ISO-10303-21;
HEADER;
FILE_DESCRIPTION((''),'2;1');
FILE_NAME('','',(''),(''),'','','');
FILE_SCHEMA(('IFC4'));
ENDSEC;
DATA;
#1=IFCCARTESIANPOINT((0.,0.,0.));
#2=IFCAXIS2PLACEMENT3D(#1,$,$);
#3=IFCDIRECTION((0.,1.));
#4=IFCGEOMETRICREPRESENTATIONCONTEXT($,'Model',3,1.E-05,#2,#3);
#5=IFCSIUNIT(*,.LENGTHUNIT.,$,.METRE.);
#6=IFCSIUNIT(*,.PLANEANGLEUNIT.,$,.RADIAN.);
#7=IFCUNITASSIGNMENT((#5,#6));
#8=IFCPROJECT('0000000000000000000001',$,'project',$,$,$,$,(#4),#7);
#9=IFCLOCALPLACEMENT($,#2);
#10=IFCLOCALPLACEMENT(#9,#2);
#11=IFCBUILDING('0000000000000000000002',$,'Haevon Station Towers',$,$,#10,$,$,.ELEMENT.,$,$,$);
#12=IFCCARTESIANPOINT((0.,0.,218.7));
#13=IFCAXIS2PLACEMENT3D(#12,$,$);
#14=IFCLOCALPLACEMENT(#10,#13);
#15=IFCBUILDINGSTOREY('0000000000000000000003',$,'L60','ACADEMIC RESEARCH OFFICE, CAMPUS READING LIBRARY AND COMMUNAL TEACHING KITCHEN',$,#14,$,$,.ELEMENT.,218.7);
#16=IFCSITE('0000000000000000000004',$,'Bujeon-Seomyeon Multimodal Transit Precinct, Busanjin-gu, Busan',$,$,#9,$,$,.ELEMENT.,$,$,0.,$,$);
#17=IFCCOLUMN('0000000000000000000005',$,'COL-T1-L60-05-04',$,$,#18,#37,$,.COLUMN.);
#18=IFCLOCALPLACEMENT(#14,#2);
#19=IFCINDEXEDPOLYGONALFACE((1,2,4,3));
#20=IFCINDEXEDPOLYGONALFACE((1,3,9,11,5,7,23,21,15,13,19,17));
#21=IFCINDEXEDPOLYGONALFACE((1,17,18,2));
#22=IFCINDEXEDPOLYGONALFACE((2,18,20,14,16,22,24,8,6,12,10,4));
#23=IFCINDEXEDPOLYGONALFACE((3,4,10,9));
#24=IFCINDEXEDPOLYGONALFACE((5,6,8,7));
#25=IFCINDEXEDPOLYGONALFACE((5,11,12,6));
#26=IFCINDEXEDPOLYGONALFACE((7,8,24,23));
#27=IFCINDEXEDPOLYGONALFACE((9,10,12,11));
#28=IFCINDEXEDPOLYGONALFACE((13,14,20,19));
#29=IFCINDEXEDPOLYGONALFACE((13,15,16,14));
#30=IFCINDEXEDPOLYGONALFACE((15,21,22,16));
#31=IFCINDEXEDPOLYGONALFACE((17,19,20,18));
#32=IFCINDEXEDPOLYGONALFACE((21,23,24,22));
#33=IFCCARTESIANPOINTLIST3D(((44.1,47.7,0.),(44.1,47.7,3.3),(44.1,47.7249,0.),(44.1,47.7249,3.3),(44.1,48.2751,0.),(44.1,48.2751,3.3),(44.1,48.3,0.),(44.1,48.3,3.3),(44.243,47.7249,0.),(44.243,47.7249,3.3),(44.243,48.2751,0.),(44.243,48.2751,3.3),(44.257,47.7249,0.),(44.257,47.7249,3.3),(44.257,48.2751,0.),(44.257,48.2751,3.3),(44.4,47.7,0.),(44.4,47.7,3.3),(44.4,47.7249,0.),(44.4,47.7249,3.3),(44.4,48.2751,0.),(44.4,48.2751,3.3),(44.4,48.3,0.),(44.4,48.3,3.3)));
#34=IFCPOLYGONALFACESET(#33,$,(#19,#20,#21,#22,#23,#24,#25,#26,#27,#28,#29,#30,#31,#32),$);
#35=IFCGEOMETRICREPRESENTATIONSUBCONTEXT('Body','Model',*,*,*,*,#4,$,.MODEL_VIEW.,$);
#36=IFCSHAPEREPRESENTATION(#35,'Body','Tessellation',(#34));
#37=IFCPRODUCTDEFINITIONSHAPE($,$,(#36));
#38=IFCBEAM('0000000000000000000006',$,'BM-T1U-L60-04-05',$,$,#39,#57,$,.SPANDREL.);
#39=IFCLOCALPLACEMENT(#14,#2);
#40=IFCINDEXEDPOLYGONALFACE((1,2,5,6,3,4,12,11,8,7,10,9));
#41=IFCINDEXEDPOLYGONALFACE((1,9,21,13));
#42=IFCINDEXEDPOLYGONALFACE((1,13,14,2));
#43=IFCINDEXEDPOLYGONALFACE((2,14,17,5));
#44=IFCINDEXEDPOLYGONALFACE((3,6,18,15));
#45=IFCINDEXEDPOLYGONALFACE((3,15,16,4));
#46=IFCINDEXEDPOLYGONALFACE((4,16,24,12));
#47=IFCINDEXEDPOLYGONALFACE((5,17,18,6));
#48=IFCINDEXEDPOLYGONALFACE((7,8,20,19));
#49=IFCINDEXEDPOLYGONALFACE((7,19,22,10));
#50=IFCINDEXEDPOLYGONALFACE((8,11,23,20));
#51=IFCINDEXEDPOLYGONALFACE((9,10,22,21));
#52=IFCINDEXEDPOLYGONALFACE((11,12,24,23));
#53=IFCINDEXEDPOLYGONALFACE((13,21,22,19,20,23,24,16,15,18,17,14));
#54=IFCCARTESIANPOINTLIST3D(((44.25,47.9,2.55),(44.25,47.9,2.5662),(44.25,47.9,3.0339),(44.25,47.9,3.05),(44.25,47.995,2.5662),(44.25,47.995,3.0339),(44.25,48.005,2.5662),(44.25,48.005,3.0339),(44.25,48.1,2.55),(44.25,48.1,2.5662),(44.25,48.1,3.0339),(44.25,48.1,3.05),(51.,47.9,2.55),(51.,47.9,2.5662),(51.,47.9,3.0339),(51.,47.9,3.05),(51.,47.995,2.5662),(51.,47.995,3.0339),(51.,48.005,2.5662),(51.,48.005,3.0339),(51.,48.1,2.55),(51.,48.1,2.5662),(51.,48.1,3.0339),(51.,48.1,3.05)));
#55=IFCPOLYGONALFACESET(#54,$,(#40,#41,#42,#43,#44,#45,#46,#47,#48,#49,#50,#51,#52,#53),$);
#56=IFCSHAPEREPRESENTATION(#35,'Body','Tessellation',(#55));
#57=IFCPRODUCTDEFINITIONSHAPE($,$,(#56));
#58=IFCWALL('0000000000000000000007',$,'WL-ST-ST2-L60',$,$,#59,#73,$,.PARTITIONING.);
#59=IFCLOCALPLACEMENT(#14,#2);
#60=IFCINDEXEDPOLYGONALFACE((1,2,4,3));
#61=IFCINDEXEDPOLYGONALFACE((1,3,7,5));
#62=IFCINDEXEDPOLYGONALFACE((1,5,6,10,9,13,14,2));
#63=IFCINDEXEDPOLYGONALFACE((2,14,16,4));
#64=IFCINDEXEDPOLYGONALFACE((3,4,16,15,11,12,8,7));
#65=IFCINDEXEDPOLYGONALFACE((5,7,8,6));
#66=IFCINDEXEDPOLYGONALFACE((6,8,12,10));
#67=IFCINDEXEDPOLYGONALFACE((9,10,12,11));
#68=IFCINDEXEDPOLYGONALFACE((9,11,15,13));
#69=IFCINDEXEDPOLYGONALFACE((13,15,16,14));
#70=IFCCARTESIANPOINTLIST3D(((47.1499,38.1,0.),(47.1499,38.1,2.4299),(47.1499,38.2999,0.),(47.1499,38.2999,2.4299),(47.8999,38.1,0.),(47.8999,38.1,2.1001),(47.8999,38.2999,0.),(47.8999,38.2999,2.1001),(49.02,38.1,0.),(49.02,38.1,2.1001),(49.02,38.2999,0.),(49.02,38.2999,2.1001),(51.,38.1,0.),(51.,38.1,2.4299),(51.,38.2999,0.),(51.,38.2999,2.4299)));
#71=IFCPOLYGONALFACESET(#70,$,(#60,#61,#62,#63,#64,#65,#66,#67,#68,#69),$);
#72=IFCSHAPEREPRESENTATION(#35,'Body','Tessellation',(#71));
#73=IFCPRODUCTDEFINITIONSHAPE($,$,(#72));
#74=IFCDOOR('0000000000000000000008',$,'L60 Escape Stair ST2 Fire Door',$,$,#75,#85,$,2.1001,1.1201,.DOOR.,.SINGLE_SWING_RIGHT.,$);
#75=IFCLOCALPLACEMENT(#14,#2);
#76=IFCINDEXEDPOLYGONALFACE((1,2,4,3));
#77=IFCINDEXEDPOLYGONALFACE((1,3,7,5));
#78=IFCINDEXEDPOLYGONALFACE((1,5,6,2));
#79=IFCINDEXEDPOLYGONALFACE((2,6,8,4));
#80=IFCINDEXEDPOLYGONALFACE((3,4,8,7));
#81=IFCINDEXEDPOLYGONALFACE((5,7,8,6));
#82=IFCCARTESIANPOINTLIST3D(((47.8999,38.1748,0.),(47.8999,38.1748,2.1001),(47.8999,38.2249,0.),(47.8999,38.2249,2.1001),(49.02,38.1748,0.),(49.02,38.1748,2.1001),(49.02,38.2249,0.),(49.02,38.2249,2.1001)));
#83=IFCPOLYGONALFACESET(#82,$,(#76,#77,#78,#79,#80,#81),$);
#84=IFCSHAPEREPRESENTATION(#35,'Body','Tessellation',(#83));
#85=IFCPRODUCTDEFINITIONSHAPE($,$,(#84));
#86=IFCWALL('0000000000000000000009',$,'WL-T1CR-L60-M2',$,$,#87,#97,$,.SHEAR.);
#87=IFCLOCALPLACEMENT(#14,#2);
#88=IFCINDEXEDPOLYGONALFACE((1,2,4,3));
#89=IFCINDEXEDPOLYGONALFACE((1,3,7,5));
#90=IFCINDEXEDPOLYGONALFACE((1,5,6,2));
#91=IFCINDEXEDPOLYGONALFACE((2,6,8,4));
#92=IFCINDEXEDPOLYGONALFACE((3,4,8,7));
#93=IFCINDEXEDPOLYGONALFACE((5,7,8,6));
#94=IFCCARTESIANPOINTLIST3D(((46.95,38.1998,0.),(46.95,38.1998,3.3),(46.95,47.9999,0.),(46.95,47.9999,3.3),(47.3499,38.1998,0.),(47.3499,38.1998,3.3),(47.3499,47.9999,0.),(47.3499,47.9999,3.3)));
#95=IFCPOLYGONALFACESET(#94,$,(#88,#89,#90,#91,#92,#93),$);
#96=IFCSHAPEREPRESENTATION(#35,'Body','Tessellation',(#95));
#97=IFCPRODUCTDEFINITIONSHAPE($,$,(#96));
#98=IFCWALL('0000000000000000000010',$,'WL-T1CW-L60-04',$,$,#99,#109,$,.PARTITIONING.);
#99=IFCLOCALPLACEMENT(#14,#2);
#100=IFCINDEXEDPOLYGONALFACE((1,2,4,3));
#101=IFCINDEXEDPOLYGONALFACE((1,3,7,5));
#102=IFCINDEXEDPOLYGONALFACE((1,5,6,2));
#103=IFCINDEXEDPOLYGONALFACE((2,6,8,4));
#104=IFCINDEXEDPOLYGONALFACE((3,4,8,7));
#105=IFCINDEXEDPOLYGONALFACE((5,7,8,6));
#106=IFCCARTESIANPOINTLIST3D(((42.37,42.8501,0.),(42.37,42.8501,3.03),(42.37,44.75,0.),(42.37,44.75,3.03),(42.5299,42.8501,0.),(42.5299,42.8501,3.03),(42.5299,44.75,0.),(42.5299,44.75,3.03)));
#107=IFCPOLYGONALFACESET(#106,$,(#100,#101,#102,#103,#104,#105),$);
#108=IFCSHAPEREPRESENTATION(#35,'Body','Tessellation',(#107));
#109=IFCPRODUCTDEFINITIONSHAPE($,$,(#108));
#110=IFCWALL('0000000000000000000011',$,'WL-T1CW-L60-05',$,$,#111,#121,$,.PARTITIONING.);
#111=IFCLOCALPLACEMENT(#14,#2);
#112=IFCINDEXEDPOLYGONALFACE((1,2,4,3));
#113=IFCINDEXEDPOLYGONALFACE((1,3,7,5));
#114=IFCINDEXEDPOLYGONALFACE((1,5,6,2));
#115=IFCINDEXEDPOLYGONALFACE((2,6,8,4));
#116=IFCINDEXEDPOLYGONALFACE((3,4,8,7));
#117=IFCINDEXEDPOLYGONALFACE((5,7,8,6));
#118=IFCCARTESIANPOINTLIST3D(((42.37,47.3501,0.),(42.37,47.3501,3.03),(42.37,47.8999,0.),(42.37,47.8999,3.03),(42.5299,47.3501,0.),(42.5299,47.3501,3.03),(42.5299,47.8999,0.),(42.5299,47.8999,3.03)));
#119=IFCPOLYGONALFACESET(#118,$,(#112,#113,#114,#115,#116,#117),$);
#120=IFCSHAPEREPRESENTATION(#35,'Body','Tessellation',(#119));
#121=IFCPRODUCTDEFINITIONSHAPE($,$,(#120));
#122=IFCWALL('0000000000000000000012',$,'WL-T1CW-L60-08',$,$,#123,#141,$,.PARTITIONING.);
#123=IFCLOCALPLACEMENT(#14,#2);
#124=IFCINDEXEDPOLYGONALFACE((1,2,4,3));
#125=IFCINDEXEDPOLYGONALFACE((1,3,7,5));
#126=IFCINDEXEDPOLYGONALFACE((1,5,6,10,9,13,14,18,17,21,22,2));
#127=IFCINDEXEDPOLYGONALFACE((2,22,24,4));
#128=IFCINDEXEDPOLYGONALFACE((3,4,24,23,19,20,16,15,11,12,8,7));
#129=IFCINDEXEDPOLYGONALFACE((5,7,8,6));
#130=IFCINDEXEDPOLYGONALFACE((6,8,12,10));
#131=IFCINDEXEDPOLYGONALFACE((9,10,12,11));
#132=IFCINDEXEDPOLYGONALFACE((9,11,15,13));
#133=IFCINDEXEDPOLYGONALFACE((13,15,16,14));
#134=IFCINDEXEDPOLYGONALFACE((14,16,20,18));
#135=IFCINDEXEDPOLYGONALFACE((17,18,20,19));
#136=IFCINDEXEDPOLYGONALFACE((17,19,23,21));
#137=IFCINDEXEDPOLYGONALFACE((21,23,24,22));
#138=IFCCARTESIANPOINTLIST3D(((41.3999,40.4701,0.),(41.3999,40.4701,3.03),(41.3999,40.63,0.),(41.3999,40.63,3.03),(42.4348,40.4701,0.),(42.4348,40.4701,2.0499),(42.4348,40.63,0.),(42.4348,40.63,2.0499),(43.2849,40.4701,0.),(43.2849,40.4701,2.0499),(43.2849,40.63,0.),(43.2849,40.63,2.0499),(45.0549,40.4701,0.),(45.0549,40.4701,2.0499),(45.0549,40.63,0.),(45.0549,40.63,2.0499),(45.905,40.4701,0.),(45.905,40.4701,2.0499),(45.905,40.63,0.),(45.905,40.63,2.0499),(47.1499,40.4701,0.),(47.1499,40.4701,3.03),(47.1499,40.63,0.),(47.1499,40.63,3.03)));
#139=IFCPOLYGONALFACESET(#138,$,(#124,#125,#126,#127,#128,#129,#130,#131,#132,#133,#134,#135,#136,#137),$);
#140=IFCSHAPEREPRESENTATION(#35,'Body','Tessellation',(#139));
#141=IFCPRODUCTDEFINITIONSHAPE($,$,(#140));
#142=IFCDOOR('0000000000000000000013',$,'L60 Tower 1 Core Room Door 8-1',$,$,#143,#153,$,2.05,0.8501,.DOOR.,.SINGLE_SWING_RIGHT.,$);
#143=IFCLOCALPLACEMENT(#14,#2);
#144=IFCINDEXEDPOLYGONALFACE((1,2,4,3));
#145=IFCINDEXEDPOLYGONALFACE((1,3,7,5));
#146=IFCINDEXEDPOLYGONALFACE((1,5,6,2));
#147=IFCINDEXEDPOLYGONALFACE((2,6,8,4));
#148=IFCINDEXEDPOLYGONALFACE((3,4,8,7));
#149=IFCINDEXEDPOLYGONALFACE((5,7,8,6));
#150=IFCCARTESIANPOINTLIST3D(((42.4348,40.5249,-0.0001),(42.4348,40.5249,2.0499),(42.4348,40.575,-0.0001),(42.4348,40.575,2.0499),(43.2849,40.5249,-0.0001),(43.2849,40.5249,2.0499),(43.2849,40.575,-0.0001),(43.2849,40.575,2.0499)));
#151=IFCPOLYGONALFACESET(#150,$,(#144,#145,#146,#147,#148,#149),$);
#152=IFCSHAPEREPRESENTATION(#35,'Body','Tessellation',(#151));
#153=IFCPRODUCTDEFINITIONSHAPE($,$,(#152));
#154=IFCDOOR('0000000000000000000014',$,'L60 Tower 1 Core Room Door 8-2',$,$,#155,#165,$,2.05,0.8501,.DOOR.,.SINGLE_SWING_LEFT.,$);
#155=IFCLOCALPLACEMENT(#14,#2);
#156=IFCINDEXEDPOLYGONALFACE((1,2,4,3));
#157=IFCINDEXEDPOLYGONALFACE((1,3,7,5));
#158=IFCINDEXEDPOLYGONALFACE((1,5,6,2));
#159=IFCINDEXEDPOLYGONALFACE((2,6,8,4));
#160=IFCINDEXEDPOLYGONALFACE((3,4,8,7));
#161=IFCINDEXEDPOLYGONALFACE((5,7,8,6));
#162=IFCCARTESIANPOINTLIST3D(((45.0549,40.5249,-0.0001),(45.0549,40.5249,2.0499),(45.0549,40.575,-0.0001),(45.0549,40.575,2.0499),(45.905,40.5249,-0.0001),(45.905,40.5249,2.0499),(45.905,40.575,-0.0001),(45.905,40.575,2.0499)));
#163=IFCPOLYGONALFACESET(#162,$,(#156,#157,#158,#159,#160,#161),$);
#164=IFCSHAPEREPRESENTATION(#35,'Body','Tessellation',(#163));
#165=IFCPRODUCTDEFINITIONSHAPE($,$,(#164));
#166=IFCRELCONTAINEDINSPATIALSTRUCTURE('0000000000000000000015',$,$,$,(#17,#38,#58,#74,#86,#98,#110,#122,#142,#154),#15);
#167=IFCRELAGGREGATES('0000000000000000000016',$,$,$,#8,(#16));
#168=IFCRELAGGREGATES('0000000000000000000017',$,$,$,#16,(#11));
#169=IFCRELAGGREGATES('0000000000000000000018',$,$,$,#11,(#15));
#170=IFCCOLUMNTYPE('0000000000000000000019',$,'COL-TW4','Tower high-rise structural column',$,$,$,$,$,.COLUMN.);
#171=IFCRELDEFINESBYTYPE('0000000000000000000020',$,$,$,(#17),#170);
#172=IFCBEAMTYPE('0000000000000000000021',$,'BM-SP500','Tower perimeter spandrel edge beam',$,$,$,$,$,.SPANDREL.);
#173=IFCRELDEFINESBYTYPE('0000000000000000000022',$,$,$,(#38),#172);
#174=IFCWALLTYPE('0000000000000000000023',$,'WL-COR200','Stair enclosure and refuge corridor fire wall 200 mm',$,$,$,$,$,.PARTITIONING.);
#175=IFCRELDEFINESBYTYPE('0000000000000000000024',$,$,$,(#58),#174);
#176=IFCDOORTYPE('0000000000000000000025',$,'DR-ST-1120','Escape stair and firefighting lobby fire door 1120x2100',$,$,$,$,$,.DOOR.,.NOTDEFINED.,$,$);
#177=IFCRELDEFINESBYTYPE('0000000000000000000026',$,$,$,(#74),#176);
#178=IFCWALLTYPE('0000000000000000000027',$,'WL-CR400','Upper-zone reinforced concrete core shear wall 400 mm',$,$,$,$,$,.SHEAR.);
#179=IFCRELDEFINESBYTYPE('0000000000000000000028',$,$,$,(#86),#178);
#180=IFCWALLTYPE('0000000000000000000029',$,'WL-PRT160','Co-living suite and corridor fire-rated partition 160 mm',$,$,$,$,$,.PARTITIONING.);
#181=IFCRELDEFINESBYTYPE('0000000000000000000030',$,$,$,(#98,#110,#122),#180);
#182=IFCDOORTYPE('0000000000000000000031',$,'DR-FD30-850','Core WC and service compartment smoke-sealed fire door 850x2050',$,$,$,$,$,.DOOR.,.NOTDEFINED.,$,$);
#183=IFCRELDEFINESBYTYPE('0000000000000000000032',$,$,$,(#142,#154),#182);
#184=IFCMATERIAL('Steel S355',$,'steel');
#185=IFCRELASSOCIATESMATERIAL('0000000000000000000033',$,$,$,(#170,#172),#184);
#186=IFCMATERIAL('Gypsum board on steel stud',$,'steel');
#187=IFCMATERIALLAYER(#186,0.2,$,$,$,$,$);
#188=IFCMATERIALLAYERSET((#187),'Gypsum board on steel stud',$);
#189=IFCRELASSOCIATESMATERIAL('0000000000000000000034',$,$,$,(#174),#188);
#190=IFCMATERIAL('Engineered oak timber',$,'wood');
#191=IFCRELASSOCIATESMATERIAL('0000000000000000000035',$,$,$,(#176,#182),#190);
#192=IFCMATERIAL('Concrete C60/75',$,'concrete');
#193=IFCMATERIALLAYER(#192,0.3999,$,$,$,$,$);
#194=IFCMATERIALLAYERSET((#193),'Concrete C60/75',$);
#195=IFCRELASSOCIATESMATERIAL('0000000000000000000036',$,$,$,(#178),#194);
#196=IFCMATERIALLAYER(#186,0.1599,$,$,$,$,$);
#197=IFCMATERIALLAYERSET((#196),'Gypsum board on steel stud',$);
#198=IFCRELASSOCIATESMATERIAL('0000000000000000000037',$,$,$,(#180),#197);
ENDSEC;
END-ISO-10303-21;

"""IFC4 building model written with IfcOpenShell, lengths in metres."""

from ifc_helpers import new_model, si_unit, direction, frame, frame_2d, origin, origin_2d, place, context, subcontext, project, spatial, rectangle, i_section, extrude, material, layer, layer_set, material_profile, profile_set, type_object, element, fill, save


model = new_model("IFC4")

# Units and contexts
model_context = context("Model", 3, precision=1e-05, world=origin(), true_north=direction((0.0, 1.0)))
body_context = subcontext(model_context, "Body", "Model", "MODEL_VIEW")
ifc_project = project(units=[si_unit("LENGTHUNIT", "METRE"), si_unit("PLANEANGLEUNIT", "RADIAN")], contexts=[model_context])

# Site, building, storey
site_placement = place(None, origin())
site = spatial("IfcSite", under=ifc_project, at=site_placement, Name="Bujeon-Seomyeon Multimodal Transit Precinct, Busanjin-gu, Busan", CompositionType="ELEMENT", RefElevation=0.0)
building_placement = place(site_placement, origin())
building = spatial("IfcBuilding", under=site, at=building_placement, Name="Haevon Station Towers", CompositionType="ELEMENT")
storey_placement = place(building_placement, frame((0.0, 0.0, 218.7)))
storey = spatial("IfcBuildingStorey", under=building, at=storey_placement, Name="L60", Description="ACADEMIC RESEARCH OFFICE, CAMPUS READING LIBRARY AND COMMUNAL TEACHING KITCHEN", CompositionType="ELEMENT", Elevation=218.7)

# Column
ifc_material_1 = material(Name="Steel S355", Category="steel")
ifc_material_profile_1 = material_profile(ifc_material_1, i_section(OverallWidth=0.3, OverallDepth=0.6001, WebThickness=0.0139, FlangeThickness=0.0249, at=origin_2d()), Name="H-600x300x14x25")
ifc_profile_set_1 = profile_set([ifc_material_profile_1], Name="Steel S355")
column_type = type_object("IfcColumnType", Name="COL-TW4", Description="Tower high-rise structural column", PredefinedType="COLUMN", material=ifc_profile_set_1)
column_placement = place(storey_placement, frame((44.25, 48.0, 0.0), z_axis=(0.0, 0.0, 1.0), x_axis=(1.0, 0.0, 0.0)))
element("IfcColumn", 1, at=column_placement, inside=storey, type_object=column_type, Name="COL-T1-L60-05-04", PredefinedType="COLUMN", context=body_context, shape_type="SweptSolid", body=[
    extrude(i_section(OverallWidth=0.3, OverallDepth=0.6001, WebThickness=0.0139, FlangeThickness=0.0249, at=origin_2d()), origin(), (0.0, 0.0, 1.0), 3.3),
])

# Beam
ifc_material_profile_2 = material_profile(ifc_material_1, i_section(OverallWidth=0.2, OverallDepth=0.5, WebThickness=0.01, FlangeThickness=0.0161, at=origin_2d()), Name="H-500x200x10x16")
ifc_profile_set_2 = profile_set([ifc_material_profile_2], Name="Steel S355")
beam_type = type_object("IfcBeamType", Name="BM-SP500", Description="Tower perimeter spandrel edge beam", PredefinedType="SPANDREL", material=ifc_profile_set_2)
beam_placement = place(storey_placement, frame((44.25, 48.0, 2.8), z_axis=(1.0, 0.0, 0.0), x_axis=(0.0, 1.0, 0.0)))
element("IfcBeam", 2, at=beam_placement, inside=storey, type_object=beam_type, Name="BM-T1U-L60-04-05", PredefinedType="SPANDREL", context=body_context, shape_type="SweptSolid", body=[
    extrude(i_section(OverallWidth=0.2, OverallDepth=0.5, WebThickness=0.01, FlangeThickness=0.0161, at=origin_2d()), origin(), (0.0, 0.0, 1.0), 6.75),
])

# Wall, opening, door
ifc_material_2 = material(Name="Gypsum board on steel stud", Category="steel")
ifc_layer_1 = layer(ifc_material_2, 0.2)
ifc_layer_set_1 = layer_set([ifc_layer_1], Name="Gypsum board on steel stud")
wall_type_1 = type_object("IfcWallType", Name="WL-COR200", Description="Stair enclosure and refuge corridor fire wall 200 mm", PredefinedType="PARTITIONING", material=ifc_layer_set_1)
wall_1_placement = place(storey_placement, frame((47.1499, 38.2, 0.0), z_axis=(0.0, 0.0, 1.0), x_axis=(1.0, 0.0, 0.0)))
wall_1 = element("IfcWall", 3, at=wall_1_placement, inside=storey, type_object=wall_type_1, Name="WL-ST-ST2-L60", PredefinedType="PARTITIONING", context=body_context, shape_type="SweptSolid", body=[
    extrude(rectangle(XDim=3.8501, YDim=0.2, at=frame_2d((1.925, 0.0))), origin(), (0.0, 0.0, 1.0), 2.4299),
])
opening_1_placement = place(wall_1_placement, frame((0.75, 0.0, 0.0)))
opening_1 = element("IfcOpeningElement", 4, at=opening_1_placement, cuts=wall_1, PredefinedType="OPENING", context=body_context, shape_type="SweptSolid", body=[
    extrude(rectangle(XDim=1.1201, YDim=2.1001, at=frame_2d((0.5601, 1.05))), frame((0.0, 0.1099, 0.0), z_axis=(0.0, -1.0, 0.0), x_axis=(1.0, 0.0, 0.0)), (0.0, 0.0, 1.0), 0.22),
])
ifc_material_3 = material(Name="Engineered oak timber", Category="wood")
door_type_1 = type_object("IfcDoorType", Name="DR-ST-1120", Description="Escape stair and firefighting lobby fire door 1120x2100", OperationType="NOTDEFINED", PredefinedType="DOOR", material=ifc_material_3)
door_1_placement = place(opening_1_placement, origin())
door_1 = element("IfcDoor", 5, at=door_1_placement, inside=storey, type_object=door_type_1, Name="L60 Escape Stair ST2 Fire Door", OperationType="SINGLE_SWING_RIGHT", OverallHeight=2.1001, OverallWidth=1.1201, PredefinedType="DOOR", context=body_context, shape_type="SweptSolid", body=[
    extrude(rectangle(XDim=1.1201, YDim=2.1001, at=frame_2d((0.5601, 1.05))), frame((0.0, 0.0249, 0.0), z_axis=(0.0, -1.0, 0.0), x_axis=(1.0, 0.0, 0.0)), (0.0, 0.0, 1.0), 0.05),
])
fill(opening_1, door_1)

# Walls
ifc_material_4 = material(Name="Concrete C60/75", Category="concrete")
ifc_layer_2 = layer(ifc_material_4, 0.3999)
ifc_layer_set_2 = layer_set([ifc_layer_2], Name="Concrete C60/75")
wall_type_2 = type_object("IfcWallType", Name="WL-CR400", Description="Upper-zone reinforced concrete core shear wall 400 mm", PredefinedType="SHEAR", material=ifc_layer_set_2)
wall_2_placement = place(storey_placement, frame((47.1499, 38.2, 0.0), z_axis=(0.0, 0.0, 1.0), x_axis=(0.0, 1.0, 0.0)))
element("IfcWall", 6, at=wall_2_placement, inside=storey, type_object=wall_type_2, Name="WL-T1CR-L60-M2", PredefinedType="SHEAR", context=body_context, shape_type="SweptSolid", body=[
    extrude(rectangle(XDim=9.8, YDim=0.3999, at=frame_2d((4.8999, 0.0))), origin(), (0.0, 0.0, 1.0), 3.3),
])
ifc_layer_3 = layer(ifc_material_2, 0.1599)
ifc_layer_set_3 = layer_set([ifc_layer_3], Name="Gypsum board on steel stud")
wall_type_3 = type_object("IfcWallType", Name="WL-PRT160", Description="Co-living suite and corridor fire-rated partition 160 mm", PredefinedType="PARTITIONING", material=ifc_layer_set_3)
wall_3_placement = place(storey_placement, frame((42.45, 42.8501, 0.0), z_axis=(0.0, 0.0, 1.0), x_axis=(0.0, 1.0, 0.0)))
element("IfcWall", 7, at=wall_3_placement, inside=storey, type_object=wall_type_3, Name="WL-T1CW-L60-04", PredefinedType="PARTITIONING", context=body_context, shape_type="SweptSolid", body=[
    extrude(rectangle(XDim=1.8999, YDim=0.1599, at=frame_2d((0.95, 0.0))), origin(), (0.0, 0.0, 1.0), 3.03),
])
wall_4_placement = place(storey_placement, frame((42.45, 47.3501, 0.0), z_axis=(0.0, 0.0, 1.0), x_axis=(0.0, 1.0, 0.0)))
element("IfcWall", 8, at=wall_4_placement, inside=storey, type_object=wall_type_3, Name="WL-T1CW-L60-05", PredefinedType="PARTITIONING", context=body_context, shape_type="SweptSolid", body=[
    extrude(rectangle(XDim=0.5498, YDim=0.1599, at=frame_2d((0.2749, 0.0))), origin(), (0.0, 0.0, 1.0), 3.03),
])

# Wall, openings, doors
wall_5_placement = place(storey_placement, frame((41.3999, 40.55, 0.0), z_axis=(0.0, 0.0, 1.0), x_axis=(1.0, 0.0, 0.0)))
wall_5 = element("IfcWall", 9, at=wall_5_placement, inside=storey, type_object=wall_type_3, Name="WL-T1CW-L60-08", PredefinedType="PARTITIONING", context=body_context, shape_type="SweptSolid", body=[
    extrude(rectangle(XDim=5.75, YDim=0.1599, at=frame_2d((2.875, 0.0))), origin(), (0.0, 0.0, 1.0), 3.03),
])
opening_2_placement = place(wall_5_placement, frame((1.0349, 0.0, 0.0)))
opening_2 = element("IfcOpeningElement", 10, at=opening_2_placement, cuts=wall_5, PredefinedType="OPENING", context=body_context, shape_type="SweptSolid", body=[
    extrude(rectangle(XDim=0.8501, YDim=2.05, at=frame_2d((0.425, 1.0249))), frame((0.0, 0.0898, 0.0), z_axis=(0.0, -1.0, 0.0), x_axis=(1.0, 0.0, 0.0)), (0.0, 0.0, 1.0), 0.1799),
])
opening_3_placement = place(wall_5_placement, frame((3.655, 0.0, 0.0)))
opening_3 = element("IfcOpeningElement", 11, at=opening_3_placement, cuts=wall_5, PredefinedType="OPENING", context=body_context, shape_type="SweptSolid", body=[
    extrude(rectangle(XDim=0.8501, YDim=2.05, at=frame_2d((0.425, 1.0249))), frame((0.0, 0.0898, 0.0), z_axis=(0.0, -1.0, 0.0), x_axis=(1.0, 0.0, 0.0)), (0.0, 0.0, 1.0), 0.1799),
])
door_type_2 = type_object("IfcDoorType", Name="DR-FD30-850", Description="Core WC and service compartment smoke-sealed fire door 850x2050", OperationType="NOTDEFINED", PredefinedType="DOOR", material=ifc_material_3)
door_2_placement = place(opening_2_placement, origin())
door_2 = element("IfcDoor", 12, at=door_2_placement, inside=storey, type_object=door_type_2, Name="L60 Tower 1 Core Room Door 8-1", OperationType="SINGLE_SWING_RIGHT", OverallHeight=2.05, OverallWidth=0.8501, PredefinedType="DOOR", context=body_context, shape_type="SweptSolid", body=[
    extrude(rectangle(XDim=0.8501, YDim=2.05, at=frame_2d((0.425, 1.0249))), frame((0.0, 0.0249, 0.0), z_axis=(0.0, -1.0, 0.0), x_axis=(1.0, 0.0, 0.0)), (0.0, 0.0, 1.0), 0.05),
])
fill(opening_2, door_2)
door_3_placement = place(opening_3_placement, origin())
door_3 = element("IfcDoor", 13, at=door_3_placement, inside=storey, type_object=door_type_2, Name="L60 Tower 1 Core Room Door 8-2", OperationType="SINGLE_SWING_LEFT", OverallHeight=2.05, OverallWidth=0.8501, PredefinedType="DOOR", context=body_context, shape_type="SweptSolid", body=[
    extrude(rectangle(XDim=0.8501, YDim=2.05, at=frame_2d((0.425, 1.0249))), frame((0.0, 0.0249, 0.0), z_axis=(0.0, -1.0, 0.0), x_axis=(1.0, 0.0, 0.0)), (0.0, 0.0, 1.0), 0.05),
])
fill(opening_3, door_3)

save(model, "model.ifc")
